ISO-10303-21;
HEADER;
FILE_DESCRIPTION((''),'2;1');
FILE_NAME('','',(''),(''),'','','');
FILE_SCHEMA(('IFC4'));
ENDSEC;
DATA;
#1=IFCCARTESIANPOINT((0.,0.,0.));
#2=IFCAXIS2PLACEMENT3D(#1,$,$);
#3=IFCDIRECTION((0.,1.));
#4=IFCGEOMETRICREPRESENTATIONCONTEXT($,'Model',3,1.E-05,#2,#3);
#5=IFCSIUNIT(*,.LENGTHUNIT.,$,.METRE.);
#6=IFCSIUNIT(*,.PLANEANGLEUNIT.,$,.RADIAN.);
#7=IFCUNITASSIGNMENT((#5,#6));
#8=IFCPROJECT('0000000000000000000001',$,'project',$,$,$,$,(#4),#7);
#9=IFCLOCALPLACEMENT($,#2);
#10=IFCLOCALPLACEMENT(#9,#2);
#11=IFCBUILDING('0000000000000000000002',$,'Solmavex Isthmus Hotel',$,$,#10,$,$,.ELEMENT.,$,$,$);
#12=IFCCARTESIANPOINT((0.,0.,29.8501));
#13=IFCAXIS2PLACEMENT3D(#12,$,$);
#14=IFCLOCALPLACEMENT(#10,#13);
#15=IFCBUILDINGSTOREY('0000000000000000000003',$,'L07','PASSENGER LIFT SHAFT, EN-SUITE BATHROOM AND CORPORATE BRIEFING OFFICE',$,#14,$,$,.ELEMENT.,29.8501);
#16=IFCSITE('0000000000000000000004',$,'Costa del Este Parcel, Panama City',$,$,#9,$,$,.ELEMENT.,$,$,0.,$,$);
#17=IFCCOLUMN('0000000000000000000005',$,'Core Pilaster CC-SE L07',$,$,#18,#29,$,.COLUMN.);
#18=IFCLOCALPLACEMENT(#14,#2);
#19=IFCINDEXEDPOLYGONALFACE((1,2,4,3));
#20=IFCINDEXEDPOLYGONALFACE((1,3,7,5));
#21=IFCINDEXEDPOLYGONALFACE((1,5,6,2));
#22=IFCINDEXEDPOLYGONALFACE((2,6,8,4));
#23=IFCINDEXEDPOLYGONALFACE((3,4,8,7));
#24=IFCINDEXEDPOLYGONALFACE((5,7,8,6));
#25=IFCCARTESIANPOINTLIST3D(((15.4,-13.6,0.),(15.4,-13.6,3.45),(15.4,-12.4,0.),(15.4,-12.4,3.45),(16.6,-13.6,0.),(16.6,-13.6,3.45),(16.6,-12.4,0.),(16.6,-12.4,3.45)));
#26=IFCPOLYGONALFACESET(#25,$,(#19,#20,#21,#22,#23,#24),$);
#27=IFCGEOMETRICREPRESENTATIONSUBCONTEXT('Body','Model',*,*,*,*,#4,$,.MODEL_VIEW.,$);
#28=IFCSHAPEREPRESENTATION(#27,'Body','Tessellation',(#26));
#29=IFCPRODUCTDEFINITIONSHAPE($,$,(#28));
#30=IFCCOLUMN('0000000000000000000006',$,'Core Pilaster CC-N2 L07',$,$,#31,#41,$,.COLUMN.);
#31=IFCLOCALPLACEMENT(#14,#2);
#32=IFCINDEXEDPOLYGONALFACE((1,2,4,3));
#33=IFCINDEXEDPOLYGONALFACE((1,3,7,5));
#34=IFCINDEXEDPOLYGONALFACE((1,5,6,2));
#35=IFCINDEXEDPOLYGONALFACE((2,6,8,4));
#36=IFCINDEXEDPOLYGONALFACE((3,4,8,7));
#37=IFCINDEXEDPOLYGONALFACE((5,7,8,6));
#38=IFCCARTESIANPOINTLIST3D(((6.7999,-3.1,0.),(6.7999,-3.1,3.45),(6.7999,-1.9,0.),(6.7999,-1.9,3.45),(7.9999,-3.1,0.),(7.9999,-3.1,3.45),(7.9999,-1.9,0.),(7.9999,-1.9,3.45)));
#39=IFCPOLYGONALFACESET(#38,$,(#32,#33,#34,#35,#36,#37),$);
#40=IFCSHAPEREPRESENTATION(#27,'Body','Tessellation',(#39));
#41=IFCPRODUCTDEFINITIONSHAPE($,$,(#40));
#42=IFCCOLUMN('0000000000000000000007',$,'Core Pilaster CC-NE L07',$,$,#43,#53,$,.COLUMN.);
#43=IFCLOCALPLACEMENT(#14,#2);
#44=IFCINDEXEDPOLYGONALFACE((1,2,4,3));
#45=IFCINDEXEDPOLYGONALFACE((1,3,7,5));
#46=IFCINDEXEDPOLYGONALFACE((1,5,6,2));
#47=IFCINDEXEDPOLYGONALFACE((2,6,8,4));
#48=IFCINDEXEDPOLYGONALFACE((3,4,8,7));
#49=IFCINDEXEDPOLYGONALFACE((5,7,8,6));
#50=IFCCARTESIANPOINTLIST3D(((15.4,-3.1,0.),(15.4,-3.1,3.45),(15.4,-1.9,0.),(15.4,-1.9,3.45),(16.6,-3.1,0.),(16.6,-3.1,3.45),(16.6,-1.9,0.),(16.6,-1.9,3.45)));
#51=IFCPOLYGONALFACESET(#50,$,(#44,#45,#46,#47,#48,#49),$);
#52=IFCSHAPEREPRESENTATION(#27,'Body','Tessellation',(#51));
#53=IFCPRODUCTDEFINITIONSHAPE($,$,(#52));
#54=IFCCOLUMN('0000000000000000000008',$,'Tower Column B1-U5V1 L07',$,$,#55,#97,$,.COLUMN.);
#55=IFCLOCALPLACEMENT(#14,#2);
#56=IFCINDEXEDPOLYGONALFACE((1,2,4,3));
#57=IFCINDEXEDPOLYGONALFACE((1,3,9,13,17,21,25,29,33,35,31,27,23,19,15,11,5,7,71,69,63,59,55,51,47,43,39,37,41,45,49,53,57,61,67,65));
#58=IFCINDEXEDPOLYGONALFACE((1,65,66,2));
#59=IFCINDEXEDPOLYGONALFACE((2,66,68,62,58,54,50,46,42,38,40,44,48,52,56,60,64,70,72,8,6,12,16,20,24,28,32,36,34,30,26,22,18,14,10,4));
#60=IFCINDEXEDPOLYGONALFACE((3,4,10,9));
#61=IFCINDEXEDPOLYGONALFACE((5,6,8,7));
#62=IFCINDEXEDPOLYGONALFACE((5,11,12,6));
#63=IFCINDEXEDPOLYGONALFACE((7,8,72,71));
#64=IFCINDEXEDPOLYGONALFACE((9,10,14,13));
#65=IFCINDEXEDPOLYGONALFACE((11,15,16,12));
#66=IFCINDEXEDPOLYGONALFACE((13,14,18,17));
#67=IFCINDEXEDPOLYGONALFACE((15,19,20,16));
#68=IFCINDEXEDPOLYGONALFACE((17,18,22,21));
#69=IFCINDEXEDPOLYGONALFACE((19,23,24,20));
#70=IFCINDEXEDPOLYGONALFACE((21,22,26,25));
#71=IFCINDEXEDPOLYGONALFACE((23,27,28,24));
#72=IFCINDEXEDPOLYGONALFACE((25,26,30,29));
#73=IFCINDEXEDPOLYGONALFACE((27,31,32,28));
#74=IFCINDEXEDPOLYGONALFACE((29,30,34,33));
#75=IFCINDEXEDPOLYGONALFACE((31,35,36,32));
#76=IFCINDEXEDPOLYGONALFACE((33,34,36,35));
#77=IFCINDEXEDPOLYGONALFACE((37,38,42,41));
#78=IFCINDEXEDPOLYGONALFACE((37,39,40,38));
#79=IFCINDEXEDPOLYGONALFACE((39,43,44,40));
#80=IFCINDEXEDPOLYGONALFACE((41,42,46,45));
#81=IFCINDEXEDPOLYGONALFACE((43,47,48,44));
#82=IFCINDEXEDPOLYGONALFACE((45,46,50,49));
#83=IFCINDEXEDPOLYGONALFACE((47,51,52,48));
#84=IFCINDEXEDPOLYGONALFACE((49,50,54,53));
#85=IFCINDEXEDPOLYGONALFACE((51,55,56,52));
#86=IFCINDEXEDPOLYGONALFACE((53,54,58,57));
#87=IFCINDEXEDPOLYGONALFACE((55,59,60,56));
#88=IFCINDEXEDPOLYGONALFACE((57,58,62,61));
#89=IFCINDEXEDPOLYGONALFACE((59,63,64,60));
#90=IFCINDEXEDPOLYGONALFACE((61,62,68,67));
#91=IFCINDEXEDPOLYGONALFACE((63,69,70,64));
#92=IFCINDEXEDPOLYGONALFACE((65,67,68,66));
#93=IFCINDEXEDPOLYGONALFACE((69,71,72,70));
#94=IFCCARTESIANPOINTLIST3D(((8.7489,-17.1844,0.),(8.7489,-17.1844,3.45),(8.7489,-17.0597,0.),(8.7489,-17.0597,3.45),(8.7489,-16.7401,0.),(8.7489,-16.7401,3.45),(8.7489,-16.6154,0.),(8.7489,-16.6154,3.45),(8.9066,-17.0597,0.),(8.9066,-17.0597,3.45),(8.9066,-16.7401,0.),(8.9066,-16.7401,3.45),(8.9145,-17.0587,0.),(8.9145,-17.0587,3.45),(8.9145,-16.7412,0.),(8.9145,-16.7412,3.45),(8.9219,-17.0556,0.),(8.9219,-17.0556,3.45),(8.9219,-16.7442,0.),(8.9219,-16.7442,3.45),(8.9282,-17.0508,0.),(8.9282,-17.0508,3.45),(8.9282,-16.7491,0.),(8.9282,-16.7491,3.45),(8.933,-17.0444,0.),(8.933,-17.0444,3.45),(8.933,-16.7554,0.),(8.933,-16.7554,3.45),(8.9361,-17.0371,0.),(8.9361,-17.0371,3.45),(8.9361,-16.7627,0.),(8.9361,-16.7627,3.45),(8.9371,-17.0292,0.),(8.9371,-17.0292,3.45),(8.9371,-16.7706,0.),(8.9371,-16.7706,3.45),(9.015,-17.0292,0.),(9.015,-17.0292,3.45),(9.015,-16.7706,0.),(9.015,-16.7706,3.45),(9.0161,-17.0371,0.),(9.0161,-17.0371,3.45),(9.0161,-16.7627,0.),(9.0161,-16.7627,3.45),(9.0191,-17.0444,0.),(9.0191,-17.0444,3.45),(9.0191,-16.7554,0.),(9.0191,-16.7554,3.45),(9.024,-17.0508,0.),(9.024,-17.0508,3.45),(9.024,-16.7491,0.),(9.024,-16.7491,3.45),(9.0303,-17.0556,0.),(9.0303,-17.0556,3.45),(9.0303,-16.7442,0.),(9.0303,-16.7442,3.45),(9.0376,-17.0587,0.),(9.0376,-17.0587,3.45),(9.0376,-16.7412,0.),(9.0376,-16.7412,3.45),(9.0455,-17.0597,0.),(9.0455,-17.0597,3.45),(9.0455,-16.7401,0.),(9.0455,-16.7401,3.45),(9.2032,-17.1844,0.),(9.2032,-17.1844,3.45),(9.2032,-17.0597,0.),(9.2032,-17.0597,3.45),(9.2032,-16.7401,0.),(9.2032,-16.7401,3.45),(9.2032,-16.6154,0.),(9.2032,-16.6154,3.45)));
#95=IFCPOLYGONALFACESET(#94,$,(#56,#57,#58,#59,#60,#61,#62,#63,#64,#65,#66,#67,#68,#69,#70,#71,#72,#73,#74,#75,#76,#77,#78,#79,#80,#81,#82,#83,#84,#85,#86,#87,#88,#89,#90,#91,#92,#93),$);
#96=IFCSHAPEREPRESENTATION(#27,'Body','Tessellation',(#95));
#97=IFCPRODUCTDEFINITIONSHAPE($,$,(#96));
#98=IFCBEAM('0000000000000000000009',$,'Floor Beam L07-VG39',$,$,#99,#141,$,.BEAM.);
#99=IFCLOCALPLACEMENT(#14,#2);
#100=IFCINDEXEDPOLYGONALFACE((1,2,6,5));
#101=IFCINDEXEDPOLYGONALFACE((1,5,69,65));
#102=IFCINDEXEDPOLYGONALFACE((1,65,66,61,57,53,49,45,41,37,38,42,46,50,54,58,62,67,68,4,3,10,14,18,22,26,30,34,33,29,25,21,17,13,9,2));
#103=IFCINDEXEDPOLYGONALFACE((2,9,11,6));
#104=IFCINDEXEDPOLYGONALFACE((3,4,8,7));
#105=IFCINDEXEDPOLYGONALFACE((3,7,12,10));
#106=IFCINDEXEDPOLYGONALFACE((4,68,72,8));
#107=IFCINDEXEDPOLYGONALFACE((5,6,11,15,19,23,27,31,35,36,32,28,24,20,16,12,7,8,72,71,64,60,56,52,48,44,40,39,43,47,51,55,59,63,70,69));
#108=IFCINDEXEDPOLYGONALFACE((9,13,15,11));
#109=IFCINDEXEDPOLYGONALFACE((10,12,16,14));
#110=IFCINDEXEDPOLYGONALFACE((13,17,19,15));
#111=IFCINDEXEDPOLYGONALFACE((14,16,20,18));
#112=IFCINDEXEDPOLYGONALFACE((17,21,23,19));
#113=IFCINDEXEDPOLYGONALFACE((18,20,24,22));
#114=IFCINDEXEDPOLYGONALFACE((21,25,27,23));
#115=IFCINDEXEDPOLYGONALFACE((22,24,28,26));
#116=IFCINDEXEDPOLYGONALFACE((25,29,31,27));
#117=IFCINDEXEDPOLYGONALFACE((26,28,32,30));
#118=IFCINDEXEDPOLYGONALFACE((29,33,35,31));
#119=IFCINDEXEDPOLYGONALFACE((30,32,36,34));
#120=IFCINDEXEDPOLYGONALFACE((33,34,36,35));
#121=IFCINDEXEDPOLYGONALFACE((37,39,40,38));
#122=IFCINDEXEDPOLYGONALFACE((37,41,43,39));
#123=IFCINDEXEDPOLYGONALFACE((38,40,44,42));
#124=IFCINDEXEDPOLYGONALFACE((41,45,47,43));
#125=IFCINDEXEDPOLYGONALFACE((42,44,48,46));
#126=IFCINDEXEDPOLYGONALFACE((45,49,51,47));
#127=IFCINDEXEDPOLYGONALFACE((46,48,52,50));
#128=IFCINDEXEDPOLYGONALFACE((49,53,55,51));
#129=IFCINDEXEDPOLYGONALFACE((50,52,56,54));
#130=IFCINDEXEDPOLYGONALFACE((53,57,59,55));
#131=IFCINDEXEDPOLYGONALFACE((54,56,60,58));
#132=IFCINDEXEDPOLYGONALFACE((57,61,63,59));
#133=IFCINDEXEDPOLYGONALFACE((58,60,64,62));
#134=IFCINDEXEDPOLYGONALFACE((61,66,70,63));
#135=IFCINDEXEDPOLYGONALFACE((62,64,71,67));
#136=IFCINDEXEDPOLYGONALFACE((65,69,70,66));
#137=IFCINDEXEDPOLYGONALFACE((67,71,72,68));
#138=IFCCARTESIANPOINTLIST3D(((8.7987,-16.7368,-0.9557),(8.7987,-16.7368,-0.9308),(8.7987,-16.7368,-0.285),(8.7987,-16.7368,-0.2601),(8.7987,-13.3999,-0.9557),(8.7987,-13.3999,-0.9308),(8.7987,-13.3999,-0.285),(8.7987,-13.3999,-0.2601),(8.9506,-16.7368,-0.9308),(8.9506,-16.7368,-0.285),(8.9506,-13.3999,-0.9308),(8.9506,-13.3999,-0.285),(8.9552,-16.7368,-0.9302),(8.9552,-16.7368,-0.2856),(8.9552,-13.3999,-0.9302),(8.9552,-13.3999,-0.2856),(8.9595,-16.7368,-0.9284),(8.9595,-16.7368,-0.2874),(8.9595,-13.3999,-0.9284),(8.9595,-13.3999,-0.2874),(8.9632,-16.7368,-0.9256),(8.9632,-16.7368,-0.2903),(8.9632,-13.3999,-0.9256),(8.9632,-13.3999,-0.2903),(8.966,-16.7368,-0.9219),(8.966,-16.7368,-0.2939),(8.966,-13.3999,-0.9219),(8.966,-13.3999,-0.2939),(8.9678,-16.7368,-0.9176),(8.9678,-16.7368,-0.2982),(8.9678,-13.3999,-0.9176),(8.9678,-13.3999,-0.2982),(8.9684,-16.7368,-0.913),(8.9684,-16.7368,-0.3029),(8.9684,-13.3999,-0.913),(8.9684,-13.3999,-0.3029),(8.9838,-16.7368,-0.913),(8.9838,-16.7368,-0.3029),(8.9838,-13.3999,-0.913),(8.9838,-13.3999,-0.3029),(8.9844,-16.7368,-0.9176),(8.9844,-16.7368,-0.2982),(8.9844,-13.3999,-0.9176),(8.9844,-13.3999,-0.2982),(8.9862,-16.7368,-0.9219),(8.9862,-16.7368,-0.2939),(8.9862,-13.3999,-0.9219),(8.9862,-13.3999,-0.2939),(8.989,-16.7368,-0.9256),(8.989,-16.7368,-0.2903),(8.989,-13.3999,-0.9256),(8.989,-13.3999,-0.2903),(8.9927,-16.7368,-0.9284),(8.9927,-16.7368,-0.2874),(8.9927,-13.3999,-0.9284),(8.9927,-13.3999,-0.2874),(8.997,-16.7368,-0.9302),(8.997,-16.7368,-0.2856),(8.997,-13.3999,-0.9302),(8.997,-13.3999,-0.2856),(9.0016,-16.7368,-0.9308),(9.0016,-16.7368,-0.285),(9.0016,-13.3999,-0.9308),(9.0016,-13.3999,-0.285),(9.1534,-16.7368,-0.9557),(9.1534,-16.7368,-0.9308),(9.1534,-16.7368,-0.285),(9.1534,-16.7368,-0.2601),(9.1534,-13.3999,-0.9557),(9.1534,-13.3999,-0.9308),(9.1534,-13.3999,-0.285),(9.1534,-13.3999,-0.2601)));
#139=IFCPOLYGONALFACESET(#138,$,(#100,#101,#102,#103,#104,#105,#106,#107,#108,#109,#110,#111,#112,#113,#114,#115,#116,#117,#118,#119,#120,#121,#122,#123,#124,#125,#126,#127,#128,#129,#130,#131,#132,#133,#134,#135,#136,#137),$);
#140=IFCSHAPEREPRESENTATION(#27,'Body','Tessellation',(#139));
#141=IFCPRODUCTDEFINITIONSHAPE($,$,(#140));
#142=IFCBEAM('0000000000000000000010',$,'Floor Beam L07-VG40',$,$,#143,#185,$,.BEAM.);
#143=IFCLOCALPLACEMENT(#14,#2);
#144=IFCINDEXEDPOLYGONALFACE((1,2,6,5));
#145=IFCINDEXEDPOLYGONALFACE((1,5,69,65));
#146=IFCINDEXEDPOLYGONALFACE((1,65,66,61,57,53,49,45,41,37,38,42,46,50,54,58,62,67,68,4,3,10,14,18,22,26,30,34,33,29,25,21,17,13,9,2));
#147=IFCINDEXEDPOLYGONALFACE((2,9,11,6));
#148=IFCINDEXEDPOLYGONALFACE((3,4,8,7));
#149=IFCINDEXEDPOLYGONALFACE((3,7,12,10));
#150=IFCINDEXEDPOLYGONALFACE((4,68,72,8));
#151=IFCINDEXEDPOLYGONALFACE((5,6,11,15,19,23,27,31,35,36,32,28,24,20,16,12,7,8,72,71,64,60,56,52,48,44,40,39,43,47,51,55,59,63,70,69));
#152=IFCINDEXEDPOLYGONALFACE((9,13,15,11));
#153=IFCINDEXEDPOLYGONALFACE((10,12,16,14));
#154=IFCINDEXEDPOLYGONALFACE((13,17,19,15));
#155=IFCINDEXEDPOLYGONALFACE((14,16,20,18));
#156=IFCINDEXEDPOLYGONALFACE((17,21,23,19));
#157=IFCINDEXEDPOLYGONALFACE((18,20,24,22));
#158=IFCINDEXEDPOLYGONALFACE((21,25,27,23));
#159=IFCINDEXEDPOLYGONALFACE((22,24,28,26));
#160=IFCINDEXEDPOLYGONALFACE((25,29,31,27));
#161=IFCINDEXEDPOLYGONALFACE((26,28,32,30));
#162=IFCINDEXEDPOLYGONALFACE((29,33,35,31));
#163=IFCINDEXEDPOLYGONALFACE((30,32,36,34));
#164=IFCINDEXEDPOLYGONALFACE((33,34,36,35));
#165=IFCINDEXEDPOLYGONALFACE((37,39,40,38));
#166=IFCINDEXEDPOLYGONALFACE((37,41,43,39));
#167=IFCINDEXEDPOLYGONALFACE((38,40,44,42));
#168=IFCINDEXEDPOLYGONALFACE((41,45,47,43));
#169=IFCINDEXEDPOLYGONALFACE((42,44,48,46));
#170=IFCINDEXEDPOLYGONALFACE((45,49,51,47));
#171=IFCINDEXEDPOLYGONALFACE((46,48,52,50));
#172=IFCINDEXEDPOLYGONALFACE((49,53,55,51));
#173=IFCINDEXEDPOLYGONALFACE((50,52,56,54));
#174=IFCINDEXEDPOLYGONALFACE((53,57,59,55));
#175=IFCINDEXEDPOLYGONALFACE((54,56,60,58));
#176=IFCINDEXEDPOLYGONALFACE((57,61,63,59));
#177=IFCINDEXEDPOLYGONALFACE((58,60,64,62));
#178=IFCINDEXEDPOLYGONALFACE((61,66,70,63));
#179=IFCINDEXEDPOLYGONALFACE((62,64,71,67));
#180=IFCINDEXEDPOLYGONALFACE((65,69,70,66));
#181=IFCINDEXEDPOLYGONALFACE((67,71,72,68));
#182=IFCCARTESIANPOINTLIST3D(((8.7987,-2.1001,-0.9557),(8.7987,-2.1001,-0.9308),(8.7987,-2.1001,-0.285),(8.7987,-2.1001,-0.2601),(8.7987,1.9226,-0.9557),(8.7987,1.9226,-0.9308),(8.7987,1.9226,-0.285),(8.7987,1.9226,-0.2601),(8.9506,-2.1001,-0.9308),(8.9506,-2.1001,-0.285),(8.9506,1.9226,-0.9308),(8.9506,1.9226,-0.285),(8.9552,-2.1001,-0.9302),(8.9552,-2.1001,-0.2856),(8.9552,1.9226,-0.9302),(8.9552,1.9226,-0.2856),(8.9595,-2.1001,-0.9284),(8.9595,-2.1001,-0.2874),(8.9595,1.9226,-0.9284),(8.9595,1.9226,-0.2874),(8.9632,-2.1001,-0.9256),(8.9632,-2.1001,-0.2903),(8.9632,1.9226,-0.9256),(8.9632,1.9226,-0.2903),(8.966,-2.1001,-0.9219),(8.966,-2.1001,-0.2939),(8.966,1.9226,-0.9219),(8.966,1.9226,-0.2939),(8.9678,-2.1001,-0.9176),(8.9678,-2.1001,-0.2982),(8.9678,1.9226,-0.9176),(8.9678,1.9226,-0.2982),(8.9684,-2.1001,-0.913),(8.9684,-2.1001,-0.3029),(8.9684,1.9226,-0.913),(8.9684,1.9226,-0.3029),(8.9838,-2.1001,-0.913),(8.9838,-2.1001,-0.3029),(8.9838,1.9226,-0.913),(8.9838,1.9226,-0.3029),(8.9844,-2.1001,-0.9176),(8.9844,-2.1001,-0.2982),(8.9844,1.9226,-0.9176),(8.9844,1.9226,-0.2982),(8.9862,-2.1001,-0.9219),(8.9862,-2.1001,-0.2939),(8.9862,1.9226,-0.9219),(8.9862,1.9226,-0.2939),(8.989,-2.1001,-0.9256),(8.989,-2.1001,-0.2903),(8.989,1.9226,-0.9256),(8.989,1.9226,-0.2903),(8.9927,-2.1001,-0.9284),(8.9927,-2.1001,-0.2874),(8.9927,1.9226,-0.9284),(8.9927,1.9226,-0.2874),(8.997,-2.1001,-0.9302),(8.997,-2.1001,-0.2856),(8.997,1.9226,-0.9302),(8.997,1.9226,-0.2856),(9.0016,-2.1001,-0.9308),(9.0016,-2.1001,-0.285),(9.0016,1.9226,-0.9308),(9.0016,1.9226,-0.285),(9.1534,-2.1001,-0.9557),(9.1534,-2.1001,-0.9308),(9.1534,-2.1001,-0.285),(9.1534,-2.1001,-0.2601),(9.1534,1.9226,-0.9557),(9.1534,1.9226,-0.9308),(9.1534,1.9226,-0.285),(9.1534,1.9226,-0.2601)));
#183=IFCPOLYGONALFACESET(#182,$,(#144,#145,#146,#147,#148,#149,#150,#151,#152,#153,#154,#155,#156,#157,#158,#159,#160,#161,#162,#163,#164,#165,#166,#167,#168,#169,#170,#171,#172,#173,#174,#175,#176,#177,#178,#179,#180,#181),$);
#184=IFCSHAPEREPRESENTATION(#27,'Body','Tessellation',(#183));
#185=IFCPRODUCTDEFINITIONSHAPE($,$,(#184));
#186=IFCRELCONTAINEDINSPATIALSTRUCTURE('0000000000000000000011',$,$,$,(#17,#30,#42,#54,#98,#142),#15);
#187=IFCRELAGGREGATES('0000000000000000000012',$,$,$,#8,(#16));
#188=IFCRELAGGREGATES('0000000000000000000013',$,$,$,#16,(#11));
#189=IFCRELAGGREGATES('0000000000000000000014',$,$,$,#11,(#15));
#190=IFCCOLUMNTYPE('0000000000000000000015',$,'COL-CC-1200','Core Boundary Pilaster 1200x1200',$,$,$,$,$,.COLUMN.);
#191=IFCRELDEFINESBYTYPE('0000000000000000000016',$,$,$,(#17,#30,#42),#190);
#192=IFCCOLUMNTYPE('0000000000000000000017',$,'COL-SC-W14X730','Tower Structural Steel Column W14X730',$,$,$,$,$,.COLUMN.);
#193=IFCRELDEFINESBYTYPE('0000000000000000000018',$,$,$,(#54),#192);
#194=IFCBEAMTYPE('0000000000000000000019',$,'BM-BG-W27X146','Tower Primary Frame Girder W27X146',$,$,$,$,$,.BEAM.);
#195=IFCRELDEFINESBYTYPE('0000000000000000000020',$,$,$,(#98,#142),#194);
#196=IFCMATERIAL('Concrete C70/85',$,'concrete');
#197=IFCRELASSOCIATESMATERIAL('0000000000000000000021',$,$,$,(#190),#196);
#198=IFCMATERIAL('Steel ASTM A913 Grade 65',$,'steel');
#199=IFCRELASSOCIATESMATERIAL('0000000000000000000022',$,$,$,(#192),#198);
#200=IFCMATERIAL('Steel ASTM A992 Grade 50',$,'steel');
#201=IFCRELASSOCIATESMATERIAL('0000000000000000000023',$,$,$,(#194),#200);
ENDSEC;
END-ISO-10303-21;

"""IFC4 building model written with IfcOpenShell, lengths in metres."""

from ifc_helpers import new_model, si_unit, direction, frame, origin, origin_2d, place, context, subcontext, project, spatial, rectangle, i_section, extrude, material, material_profile, profile_set, type_object, element, save


model = new_model("IFC4")

# Units and contexts
model_context = context("Model", 3, precision=1e-05, world=origin(), true_north=direction((0.0, 1.0)))
body_context = subcontext(model_context, "Body", "Model", "MODEL_VIEW")
ifc_project = project(units=[si_unit("LENGTHUNIT", "METRE"), si_unit("PLANEANGLEUNIT", "RADIAN")], contexts=[model_context])

# Site, building, storey
site_placement = place(None, origin())
site = spatial("IfcSite", under=ifc_project, at=site_placement, Name="Costa del Este Parcel, Panama City", CompositionType="ELEMENT", RefElevation=0.0)
building_placement = place(site_placement, origin())
building = spatial("IfcBuilding", under=site, at=building_placement, Name="Solmavex Isthmus Hotel", CompositionType="ELEMENT")
storey_placement = place(building_placement, frame((0.0, 0.0, 29.8501)))
storey = spatial("IfcBuildingStorey", under=building, at=storey_placement, Name="L07", Description="PASSENGER LIFT SHAFT, EN-SUITE BATHROOM AND CORPORATE BRIEFING OFFICE", CompositionType="ELEMENT", Elevation=29.8501)

# Columns
ifc_material_1 = material(Name="Concrete C70/85", Category="concrete")
ifc_material_profile_1 = material_profile(ifc_material_1, rectangle(XDim=1.2, YDim=1.2, at=origin_2d()), Name="RC1200X1200")
ifc_profile_set_1 = profile_set([ifc_material_profile_1], Name="Concrete C70/85")
column_type_1 = type_object("IfcColumnType", Name="COL-CC-1200", Description="Core Boundary Pilaster 1200x1200", PredefinedType="COLUMN", material=ifc_profile_set_1)
for number, where, z_axis, x_axis, name in (
    (1, (16.0, -13.0, 0.0), (0.0, 0.0, 1.0), (1.0, 0.0, 0.0), "Core Pilaster CC-SE L07"),
    (2, (7.3999, -2.5, 0.0), (0.0, 0.0, 1.0), (1.0, 0.0, 0.0), "Core Pilaster CC-N2 L07"),
    (3, (16.0, -2.5, 0.0), (0.0, 0.0, 1.0), (1.0, 0.0, 0.0), "Core Pilaster CC-NE L07"),
):
    element("IfcColumn", number, at=place(storey_placement, frame(where, z_axis=z_axis, x_axis=x_axis)), inside=storey, type_object=column_type_1, Name=name, PredefinedType="COLUMN", context=body_context, shape_type="SweptSolid", body=[
        extrude(rectangle(XDim=1.2, YDim=1.2, at=origin_2d()), origin(), (0.0, 0.0, 1.0), 3.45),
    ])
ifc_material_2 = material(Name="Steel ASTM A913 Grade 65", Category="steel")
ifc_material_profile_2 = material_profile(ifc_material_2, i_section(OverallWidth=0.4543, OverallDepth=0.5691, WebThickness=0.0779, FlangeThickness=0.1248, FilletRadius=0.0305, at=origin_2d()), Name="W14X730")
ifc_profile_set_2 = profile_set([ifc_material_profile_2], Name="Steel ASTM A913 Grade 65")
column_type_2 = type_object("IfcColumnType", Name="COL-SC-W14X730", Description="Tower Structural Steel Column W14X730", PredefinedType="COLUMN", material=ifc_profile_set_2)
column_placement = place(storey_placement, frame((8.9761, -16.8999, 0.0), z_axis=(0.0, 0.0, 1.0), x_axis=(1.0, 0.0, 0.0)))
element("IfcColumn", 4, at=column_placement, inside=storey, type_object=column_type_2, Name="Tower Column B1-U5V1 L07", PredefinedType="COLUMN", context=body_context, shape_type="SweptSolid", body=[
    extrude(i_section(OverallWidth=0.4543, OverallDepth=0.5691, WebThickness=0.0779, FlangeThickness=0.1248, FilletRadius=0.0305, at=origin_2d()), origin(), (0.0, 0.0, 1.0), 3.45),
])

# Beams
ifc_material_3 = material(Name="Steel ASTM A992 Grade 50", Category="steel")
ifc_material_profile_3 = material_profile(ifc_material_3, i_section(OverallWidth=0.3547, OverallDepth=0.6956, WebThickness=0.0154, FlangeThickness=0.0249, FilletRadius=0.0178, at=origin_2d()), Name="W27X146")
ifc_profile_set_3 = profile_set([ifc_material_profile_3], Name="Steel ASTM A992 Grade 50")
beam_type_1 = type_object("IfcBeamType", Name="BM-BG-W27X146", Description="Tower Primary Frame Girder W27X146", PredefinedType="BEAM", material=ifc_profile_set_3)
beam_1_placement = place(storey_placement, frame((8.9761, -16.7368, -0.6079), z_axis=(0.0, 1.0, 0.0), x_axis=(-1.0, 0.0, 0.0)))
element("IfcBeam", 5, at=beam_1_placement, inside=storey, type_object=beam_type_1, Name="Floor Beam L07-VG39", PredefinedType="BEAM", context=body_context, shape_type="SweptSolid", body=[
    extrude(i_section(OverallWidth=0.3547, OverallDepth=0.6956, WebThickness=0.0154, FlangeThickness=0.0249, FilletRadius=0.0178, at=origin_2d()), origin(), (0.0, 0.0, 1.0), 3.3369),
])
beam_2_placement = place(storey_placement, frame((8.9761, -2.1001, -0.6079), z_axis=(0.0, 1.0, 0.0), x_axis=(-1.0, 0.0, 0.0)))
element("IfcBeam", 6, at=beam_2_placement, inside=storey, type_object=beam_type_1, Name="Floor Beam L07-VG40", PredefinedType="BEAM", context=body_context, shape_type="SweptSolid", body=[
    extrude(i_section(OverallWidth=0.3547, OverallDepth=0.6956, WebThickness=0.0154, FlangeThickness=0.0249, FilletRadius=0.0178, at=origin_2d()), origin(), (0.0, 0.0, 1.0), 4.0227),
])

save(model, "model.ifc")
